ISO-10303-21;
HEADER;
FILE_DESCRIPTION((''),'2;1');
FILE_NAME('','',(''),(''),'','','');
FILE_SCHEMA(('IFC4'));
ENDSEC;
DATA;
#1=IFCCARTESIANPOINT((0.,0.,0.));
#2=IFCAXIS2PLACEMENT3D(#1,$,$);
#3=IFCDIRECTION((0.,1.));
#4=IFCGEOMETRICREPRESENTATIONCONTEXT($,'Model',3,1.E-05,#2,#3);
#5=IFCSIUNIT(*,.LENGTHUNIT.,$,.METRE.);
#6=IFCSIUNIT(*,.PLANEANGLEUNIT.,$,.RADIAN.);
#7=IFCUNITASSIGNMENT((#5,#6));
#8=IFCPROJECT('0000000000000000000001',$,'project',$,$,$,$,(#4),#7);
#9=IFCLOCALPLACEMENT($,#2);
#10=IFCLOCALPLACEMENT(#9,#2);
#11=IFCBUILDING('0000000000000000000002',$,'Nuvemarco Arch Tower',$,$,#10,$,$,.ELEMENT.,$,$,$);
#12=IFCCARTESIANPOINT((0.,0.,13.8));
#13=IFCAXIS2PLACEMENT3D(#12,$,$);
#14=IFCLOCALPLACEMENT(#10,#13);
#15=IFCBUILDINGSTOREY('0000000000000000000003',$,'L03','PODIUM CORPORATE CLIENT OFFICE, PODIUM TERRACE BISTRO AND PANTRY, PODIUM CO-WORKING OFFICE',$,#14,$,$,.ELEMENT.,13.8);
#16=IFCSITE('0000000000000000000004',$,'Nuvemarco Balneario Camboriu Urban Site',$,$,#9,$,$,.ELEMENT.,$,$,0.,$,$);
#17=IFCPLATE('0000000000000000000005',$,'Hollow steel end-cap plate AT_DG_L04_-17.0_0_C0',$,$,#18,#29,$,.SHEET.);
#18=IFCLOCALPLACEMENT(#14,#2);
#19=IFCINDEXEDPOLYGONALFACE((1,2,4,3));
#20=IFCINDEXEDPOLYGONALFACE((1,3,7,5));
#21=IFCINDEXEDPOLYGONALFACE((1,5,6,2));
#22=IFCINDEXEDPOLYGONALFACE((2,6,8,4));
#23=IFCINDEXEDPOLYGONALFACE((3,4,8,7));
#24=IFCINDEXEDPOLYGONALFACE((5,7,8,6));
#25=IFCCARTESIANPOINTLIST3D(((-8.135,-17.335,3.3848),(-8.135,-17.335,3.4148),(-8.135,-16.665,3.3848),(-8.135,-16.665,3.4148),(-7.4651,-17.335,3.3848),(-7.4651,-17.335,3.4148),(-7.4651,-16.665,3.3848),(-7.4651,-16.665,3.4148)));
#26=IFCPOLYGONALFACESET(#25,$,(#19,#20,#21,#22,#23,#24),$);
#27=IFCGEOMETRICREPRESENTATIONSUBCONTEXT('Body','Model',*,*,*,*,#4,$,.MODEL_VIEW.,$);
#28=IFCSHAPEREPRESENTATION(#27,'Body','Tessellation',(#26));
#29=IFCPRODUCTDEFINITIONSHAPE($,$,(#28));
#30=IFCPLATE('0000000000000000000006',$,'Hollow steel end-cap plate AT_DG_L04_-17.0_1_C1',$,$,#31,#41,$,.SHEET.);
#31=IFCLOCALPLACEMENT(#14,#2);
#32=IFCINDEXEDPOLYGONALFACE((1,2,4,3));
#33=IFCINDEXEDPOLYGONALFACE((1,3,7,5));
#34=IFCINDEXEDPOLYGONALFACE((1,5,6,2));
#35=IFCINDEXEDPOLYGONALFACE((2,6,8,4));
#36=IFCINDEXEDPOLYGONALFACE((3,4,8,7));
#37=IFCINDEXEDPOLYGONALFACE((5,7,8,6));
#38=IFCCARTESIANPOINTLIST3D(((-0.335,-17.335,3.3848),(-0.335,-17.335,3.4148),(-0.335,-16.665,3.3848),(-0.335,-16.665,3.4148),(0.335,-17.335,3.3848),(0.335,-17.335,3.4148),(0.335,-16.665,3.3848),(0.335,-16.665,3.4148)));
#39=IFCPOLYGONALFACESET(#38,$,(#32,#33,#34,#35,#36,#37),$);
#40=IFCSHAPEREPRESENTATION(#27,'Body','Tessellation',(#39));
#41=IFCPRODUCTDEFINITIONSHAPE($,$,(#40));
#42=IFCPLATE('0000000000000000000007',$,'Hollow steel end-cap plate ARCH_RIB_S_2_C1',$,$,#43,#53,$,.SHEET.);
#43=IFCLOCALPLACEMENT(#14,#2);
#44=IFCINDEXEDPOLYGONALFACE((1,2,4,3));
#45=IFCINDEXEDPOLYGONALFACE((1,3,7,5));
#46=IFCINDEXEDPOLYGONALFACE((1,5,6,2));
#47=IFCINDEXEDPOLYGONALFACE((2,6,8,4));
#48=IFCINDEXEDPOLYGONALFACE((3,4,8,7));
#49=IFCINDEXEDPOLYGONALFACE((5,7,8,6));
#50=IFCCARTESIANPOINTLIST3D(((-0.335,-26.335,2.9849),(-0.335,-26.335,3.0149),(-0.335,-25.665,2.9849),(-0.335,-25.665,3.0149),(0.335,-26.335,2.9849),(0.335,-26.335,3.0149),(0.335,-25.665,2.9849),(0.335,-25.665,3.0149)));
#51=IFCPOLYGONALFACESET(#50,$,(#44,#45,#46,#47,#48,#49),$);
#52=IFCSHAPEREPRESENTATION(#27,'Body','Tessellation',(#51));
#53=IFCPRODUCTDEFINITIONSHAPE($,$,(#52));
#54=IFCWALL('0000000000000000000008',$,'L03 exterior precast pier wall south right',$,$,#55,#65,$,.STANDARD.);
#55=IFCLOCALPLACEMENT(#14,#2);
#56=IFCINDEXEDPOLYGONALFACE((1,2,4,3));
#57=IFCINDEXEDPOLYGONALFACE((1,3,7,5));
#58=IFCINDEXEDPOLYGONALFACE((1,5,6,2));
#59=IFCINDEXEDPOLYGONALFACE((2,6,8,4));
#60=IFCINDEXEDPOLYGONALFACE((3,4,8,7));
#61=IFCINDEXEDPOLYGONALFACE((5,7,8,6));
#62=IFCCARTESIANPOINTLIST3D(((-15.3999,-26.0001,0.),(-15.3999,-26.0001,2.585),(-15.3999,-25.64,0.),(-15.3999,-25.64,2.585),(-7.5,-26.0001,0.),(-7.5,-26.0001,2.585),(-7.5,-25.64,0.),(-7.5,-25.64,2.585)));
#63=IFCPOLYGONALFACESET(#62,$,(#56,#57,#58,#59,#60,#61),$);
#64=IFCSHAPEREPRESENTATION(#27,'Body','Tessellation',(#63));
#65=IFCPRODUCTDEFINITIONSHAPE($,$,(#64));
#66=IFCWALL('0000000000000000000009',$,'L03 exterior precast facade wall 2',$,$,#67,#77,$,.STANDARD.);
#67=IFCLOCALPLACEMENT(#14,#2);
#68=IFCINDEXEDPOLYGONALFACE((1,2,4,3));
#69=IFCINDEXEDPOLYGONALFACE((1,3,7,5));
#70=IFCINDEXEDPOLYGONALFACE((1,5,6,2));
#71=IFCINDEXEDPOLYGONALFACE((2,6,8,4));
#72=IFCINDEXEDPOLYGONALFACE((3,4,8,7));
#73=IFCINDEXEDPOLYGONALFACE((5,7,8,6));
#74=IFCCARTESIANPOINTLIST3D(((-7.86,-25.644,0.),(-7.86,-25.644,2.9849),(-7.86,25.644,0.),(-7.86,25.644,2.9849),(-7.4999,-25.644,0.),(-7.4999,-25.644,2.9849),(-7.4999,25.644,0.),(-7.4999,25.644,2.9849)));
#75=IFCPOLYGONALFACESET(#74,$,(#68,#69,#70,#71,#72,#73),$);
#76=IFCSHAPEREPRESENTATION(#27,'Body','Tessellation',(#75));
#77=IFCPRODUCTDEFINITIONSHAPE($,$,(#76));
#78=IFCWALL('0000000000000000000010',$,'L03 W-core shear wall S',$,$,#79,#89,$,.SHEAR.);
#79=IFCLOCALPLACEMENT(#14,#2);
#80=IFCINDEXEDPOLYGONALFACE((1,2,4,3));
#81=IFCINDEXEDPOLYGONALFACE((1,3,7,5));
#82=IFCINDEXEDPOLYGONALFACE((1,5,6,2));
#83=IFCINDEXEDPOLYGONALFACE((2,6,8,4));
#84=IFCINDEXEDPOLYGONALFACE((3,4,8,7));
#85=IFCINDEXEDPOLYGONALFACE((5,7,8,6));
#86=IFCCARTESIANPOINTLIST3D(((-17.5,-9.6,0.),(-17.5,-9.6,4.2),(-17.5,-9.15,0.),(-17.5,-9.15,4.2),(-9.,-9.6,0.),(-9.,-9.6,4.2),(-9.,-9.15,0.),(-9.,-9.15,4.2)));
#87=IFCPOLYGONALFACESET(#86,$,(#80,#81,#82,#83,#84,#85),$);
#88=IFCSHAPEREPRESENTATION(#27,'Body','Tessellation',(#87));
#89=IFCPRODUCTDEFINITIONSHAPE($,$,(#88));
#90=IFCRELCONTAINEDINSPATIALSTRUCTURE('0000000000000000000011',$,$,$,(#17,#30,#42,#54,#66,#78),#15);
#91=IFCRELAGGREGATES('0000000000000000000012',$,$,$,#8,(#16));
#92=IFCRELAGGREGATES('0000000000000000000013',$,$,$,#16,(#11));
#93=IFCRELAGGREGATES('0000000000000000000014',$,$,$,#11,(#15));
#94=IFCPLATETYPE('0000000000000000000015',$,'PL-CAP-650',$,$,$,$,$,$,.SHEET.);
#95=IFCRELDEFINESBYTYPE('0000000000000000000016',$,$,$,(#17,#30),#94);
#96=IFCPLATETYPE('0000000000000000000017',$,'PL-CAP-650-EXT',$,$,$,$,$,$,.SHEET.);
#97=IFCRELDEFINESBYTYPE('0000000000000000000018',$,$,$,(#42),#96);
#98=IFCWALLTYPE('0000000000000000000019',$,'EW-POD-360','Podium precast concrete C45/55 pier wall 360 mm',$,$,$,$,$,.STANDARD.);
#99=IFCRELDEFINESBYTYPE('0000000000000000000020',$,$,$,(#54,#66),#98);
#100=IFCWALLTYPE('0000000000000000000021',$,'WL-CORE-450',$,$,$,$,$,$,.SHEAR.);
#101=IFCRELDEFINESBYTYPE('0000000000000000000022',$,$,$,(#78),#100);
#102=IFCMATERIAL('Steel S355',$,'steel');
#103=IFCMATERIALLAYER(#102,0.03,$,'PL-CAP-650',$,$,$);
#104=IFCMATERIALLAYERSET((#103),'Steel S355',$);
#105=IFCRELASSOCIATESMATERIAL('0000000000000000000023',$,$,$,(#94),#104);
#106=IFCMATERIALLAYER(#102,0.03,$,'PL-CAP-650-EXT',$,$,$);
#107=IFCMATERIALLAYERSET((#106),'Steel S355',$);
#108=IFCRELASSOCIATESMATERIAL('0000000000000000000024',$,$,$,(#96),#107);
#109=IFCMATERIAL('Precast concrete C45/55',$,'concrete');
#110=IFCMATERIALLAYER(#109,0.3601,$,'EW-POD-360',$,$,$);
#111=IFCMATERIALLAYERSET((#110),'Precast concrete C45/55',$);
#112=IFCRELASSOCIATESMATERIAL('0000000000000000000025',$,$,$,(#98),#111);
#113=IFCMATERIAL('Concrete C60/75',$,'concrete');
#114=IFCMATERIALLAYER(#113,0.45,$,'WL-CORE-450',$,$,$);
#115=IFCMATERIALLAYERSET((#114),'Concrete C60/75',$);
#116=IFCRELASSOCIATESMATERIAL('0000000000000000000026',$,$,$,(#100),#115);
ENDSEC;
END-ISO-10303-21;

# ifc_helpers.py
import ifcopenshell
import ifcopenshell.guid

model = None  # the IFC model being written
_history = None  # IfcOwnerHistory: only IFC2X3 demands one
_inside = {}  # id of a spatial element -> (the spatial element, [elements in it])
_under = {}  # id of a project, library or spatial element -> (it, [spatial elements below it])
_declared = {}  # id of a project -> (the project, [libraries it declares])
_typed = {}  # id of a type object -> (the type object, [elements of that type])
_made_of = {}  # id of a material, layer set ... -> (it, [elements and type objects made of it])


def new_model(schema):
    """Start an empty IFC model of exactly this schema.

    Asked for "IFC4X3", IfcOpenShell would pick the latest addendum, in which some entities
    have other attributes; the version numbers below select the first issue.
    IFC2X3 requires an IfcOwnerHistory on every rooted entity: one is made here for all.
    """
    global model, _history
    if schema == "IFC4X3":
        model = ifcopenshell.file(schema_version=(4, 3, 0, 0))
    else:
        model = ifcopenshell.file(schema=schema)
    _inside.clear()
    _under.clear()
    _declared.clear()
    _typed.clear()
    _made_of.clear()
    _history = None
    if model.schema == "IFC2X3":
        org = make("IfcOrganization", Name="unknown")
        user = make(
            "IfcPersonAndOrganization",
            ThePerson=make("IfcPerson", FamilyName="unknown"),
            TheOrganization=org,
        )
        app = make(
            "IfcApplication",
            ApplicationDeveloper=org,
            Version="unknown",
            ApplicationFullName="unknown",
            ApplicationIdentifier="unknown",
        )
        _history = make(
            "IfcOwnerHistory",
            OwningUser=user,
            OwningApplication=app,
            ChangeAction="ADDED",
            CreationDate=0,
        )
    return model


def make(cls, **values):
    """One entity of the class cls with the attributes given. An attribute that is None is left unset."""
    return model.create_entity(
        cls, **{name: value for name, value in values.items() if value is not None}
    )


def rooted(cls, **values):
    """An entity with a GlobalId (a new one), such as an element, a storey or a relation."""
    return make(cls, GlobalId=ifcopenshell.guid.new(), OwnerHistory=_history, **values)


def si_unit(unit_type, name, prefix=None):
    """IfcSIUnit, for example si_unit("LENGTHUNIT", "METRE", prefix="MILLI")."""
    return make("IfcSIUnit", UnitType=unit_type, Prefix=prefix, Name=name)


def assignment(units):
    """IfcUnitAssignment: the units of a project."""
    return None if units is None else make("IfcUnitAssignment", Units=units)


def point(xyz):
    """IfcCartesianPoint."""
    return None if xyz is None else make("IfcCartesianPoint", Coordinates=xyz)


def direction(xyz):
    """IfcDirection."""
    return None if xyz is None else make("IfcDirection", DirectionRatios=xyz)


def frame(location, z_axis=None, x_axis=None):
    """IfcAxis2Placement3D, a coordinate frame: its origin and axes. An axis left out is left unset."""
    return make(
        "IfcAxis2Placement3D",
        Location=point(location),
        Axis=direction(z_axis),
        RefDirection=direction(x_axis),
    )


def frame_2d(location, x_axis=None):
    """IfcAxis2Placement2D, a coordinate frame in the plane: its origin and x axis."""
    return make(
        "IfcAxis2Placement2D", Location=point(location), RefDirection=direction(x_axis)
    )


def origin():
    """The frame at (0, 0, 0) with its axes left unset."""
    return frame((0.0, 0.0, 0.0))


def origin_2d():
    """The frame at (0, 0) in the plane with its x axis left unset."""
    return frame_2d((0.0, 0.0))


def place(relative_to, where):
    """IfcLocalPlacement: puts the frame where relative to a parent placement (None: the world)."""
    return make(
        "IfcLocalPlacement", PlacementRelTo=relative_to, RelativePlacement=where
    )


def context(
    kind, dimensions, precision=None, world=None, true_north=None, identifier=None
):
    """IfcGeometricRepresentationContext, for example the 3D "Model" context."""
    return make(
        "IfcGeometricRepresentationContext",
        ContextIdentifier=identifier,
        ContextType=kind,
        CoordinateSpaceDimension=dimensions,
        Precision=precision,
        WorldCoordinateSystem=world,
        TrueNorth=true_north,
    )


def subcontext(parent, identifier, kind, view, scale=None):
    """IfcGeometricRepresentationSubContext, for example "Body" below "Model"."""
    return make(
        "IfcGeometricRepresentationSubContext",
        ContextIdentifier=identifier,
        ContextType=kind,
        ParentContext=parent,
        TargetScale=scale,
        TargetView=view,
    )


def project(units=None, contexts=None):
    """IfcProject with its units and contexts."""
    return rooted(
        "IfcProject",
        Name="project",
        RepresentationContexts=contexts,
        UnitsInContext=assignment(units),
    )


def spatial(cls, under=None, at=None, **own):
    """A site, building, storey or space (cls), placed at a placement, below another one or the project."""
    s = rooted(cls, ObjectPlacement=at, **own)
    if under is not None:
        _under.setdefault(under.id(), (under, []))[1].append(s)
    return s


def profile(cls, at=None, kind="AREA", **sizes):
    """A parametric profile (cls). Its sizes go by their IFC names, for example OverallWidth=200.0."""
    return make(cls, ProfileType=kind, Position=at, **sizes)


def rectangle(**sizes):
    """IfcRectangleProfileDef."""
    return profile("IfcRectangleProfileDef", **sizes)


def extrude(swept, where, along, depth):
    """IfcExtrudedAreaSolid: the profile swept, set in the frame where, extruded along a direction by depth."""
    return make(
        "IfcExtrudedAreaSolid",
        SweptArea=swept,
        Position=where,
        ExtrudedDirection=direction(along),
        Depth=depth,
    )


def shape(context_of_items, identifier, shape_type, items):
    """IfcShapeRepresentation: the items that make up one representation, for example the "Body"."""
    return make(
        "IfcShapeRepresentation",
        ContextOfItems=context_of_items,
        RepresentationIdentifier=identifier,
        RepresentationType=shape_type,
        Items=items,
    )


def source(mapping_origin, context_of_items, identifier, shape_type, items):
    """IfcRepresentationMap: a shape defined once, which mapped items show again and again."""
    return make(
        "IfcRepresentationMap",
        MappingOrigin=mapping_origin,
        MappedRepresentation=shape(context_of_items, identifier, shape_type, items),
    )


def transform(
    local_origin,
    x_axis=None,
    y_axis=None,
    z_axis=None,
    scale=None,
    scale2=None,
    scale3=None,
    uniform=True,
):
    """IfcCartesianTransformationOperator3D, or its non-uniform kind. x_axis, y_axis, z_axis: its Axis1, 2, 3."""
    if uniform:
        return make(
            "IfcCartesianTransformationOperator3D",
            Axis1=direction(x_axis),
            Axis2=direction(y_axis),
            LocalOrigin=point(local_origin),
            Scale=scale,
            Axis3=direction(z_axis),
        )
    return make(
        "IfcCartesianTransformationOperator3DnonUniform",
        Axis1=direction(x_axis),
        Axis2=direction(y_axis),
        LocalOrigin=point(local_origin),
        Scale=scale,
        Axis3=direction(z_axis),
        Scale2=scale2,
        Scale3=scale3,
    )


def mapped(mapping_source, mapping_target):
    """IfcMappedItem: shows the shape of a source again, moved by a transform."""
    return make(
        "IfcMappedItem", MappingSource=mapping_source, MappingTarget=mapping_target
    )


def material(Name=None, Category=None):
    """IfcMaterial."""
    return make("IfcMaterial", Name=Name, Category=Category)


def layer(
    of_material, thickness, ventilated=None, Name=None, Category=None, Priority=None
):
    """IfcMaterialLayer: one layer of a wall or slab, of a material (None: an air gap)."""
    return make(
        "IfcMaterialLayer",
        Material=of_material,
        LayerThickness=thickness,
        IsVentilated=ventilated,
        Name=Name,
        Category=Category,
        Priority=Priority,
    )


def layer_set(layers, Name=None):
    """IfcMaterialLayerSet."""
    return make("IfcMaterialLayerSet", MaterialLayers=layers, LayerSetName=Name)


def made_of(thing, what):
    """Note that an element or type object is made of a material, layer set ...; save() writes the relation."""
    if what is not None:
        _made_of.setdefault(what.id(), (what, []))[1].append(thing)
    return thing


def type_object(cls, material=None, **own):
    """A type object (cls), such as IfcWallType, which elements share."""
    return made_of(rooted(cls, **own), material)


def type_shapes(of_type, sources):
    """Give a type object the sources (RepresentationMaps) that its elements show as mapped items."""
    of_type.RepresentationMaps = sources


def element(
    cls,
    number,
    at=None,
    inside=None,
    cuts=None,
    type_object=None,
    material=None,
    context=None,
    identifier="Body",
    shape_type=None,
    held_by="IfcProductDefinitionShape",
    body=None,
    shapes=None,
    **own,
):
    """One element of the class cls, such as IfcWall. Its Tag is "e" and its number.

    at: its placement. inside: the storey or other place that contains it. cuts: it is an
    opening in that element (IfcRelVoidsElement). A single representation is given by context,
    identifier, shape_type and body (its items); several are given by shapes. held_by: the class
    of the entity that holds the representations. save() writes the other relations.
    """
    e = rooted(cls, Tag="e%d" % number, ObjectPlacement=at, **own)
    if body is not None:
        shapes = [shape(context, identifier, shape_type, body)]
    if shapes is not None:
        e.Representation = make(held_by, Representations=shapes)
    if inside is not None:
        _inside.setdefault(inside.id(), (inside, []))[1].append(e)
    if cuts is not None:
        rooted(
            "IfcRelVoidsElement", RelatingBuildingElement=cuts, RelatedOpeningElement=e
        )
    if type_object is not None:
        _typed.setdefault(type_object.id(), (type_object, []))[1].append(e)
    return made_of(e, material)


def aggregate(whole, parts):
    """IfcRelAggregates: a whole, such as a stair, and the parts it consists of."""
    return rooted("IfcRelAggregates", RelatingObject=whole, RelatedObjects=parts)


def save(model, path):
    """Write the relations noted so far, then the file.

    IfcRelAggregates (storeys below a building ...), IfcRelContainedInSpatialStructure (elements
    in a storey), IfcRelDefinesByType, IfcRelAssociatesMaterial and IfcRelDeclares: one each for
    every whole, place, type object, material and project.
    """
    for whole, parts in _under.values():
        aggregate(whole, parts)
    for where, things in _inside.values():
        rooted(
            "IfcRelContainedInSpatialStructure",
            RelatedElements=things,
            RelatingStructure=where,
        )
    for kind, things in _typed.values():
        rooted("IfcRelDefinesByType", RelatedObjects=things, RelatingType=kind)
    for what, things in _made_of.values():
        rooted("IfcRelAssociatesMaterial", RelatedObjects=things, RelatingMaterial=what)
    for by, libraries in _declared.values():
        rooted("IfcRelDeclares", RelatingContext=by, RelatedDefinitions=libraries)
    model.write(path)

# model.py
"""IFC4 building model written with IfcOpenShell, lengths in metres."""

from ifc_helpers import new_model, si_unit, direction, frame, frame_2d, origin, origin_2d, place, context, subcontext, project, spatial, rectangle, extrude, source, transform, mapped, material, layer, layer_set, type_object, type_shapes, element, save


model = new_model("IFC4")

# Units and contexts
model_context = context("Model", 3, precision=1e-05, world=origin(), true_north=direction((0.0, 1.0)))
body_context = subcontext(model_context, "Body", "Model", "MODEL_VIEW")
ifc_project = project(units=[si_unit("LENGTHUNIT", "METRE"), si_unit("PLANEANGLEUNIT", "RADIAN")], contexts=[model_context])

# Site, building, storey
site_placement = place(None, origin())
site = spatial("IfcSite", under=ifc_project, at=site_placement, Name="Nuvemarco Balneario Camboriu Urban Site", CompositionType="ELEMENT", RefElevation=0.0)
building_placement = place(site_placement, origin())
building = spatial("IfcBuilding", under=site, at=building_placement, Name="Nuvemarco Arch Tower", CompositionType="ELEMENT")
storey_placement = place(building_placement, frame((0.0, 0.0, 13.8)))
storey = spatial("IfcBuildingStorey", under=building, at=storey_placement, Name="L03", Description="PODIUM CORPORATE CLIENT OFFICE, PODIUM TERRACE BISTRO AND PANTRY, PODIUM CO-WORKING OFFICE", CompositionType="ELEMENT", Elevation=13.8)

# Shared definitions
ifc_material_1 = material(Name="Concrete C60/75", Category="concrete")

# Shared definitions
ifc_material_2 = material(Name="Steel S355", Category="steel")

# Plates
ifc_layer_1 = layer(ifc_material_2, 0.03, Name="PL-CAP-650")
ifc_layer_set_1 = layer_set([ifc_layer_1], Name="Steel S355")
plate_type_1 = type_object("IfcPlateType", Name="PL-CAP-650", PredefinedType="SHEET", material=ifc_layer_set_1)
shared_shape_1 = source(origin(), body_context, "Body", "SweptSolid", [
    extrude(rectangle(XDim=0.6699, YDim=0.6699, at=origin_2d()), origin(), (0.0, 0.0, 1.0), 0.03),
])
type_shapes(plate_type_1, [shared_shape_1])
for number, where, z_axis, x_axis, name in (
    (1, (-7.8, -17.0, 3.3848), (0.0, 0.0, 1.0), (1.0, 0.0, 0.0), "Hollow steel end-cap plate AT_DG_L04_-17.0_0_C0"),
    (2, (0.0, -17.0, 3.3848), (0.0, 0.0, 1.0), (1.0, 0.0, 0.0), "Hollow steel end-cap plate AT_DG_L04_-17.0_1_C1"),
):
    element("IfcPlate", number, at=place(storey_placement, frame(where, z_axis=z_axis, x_axis=x_axis)), inside=storey, type_object=plate_type_1, Name=name, PredefinedType="SHEET", context=body_context, shape_type="MappedRepresentation", body=[
        mapped(shared_shape_1, transform((0.0, 0.0, 0.0), scale=1.0)),
    ])
ifc_layer_2 = layer(ifc_material_2, 0.03, Name="PL-CAP-650-EXT")
ifc_layer_set_2 = layer_set([ifc_layer_2], Name="Steel S355")
plate_type_2 = type_object("IfcPlateType", Name="PL-CAP-650-EXT", PredefinedType="SHEET", material=ifc_layer_set_2)
shared_shape_2 = source(origin(), body_context, "Body", "SweptSolid", [
    extrude(rectangle(XDim=0.6699, YDim=0.6699, at=origin_2d()), origin(), (0.0, 0.0, 1.0), 0.03),
])
type_shapes(plate_type_2, [shared_shape_2])
plate_placement = place(storey_placement, frame((0.0, -26.0, 2.9849), z_axis=(0.0, 0.0, 1.0), x_axis=(1.0, 0.0, 0.0)))
element("IfcPlate", 3, at=plate_placement, inside=storey, type_object=plate_type_2, Name="Hollow steel end-cap plate ARCH_RIB_S_2_C1", PredefinedType="SHEET", context=body_context, shape_type="MappedRepresentation", body=[
    mapped(shared_shape_2, transform((0.0, 0.0, 0.0), scale=1.0)),
])

# Walls
ifc_material_3 = material(Name="Precast concrete C45/55", Category="concrete")
ifc_layer_3 = layer(ifc_material_3, 0.3601, Name="EW-POD-360")
ifc_layer_set_3 = layer_set([ifc_layer_3], Name="Precast concrete C45/55")
wall_type_1 = type_object("IfcWallType", Name="EW-POD-360", Description="Podium precast concrete C45/55 pier wall 360 mm", PredefinedType="STANDARD", material=ifc_layer_set_3)
wall_1_placement = place(storey_placement, frame((-15.3999, -25.8201, 0.0), z_axis=(0.0, 0.0, 1.0), x_axis=(1.0, 0.0, 0.0)))
element("IfcWall", 4, at=wall_1_placement, inside=storey, type_object=wall_type_1, Name="L03 exterior precast pier wall south right", PredefinedType="STANDARD", context=body_context, shape_type="SweptSolid", body=[
    extrude(rectangle(XDim=7.8999, YDim=0.3601, at=frame_2d((3.95, 0.0))), origin(), (0.0, 0.0, 1.0), 2.585),
])
wall_2_placement = place(storey_placement, frame((-7.6799, -25.644, 0.0), z_axis=(0.0, 0.0, 1.0), x_axis=(0.0, 1.0, 0.0)))
element("IfcWall", 5, at=wall_2_placement, inside=storey, type_object=wall_type_1, Name="L03 exterior precast facade wall 2", PredefinedType="STANDARD", context=body_context, shape_type="SweptSolid", body=[
    extrude(rectangle(XDim=51.2881, YDim=0.3601, at=frame_2d((25.644, 0.0))), origin(), (0.0, 0.0, 1.0), 2.9849),
])
ifc_layer_4 = layer(ifc_material_1, 0.45, Name="WL-CORE-450")
ifc_layer_set_4 = layer_set([ifc_layer_4], Name="Concrete C60/75")
wall_type_2 = type_object("IfcWallType", Name="WL-CORE-450", PredefinedType="SHEAR", material=ifc_layer_set_4)
wall_3_placement = place(storey_placement, frame((-17.5, -9.375, 0.0), z_axis=(0.0, 0.0, 1.0), x_axis=(1.0, 0.0, 0.0)))
element("IfcWall", 6, at=wall_3_placement, inside=storey, type_object=wall_type_2, Name="L03 W-core shear wall S", PredefinedType="SHEAR", context=body_context, shape_type="SweptSolid", body=[
    extrude(rectangle(XDim=8.5, YDim=0.45, at=frame_2d((4.25, 0.0))), origin(), (0.0, 0.0, 1.0), 4.2),
])

save(model, "model.ifc")
